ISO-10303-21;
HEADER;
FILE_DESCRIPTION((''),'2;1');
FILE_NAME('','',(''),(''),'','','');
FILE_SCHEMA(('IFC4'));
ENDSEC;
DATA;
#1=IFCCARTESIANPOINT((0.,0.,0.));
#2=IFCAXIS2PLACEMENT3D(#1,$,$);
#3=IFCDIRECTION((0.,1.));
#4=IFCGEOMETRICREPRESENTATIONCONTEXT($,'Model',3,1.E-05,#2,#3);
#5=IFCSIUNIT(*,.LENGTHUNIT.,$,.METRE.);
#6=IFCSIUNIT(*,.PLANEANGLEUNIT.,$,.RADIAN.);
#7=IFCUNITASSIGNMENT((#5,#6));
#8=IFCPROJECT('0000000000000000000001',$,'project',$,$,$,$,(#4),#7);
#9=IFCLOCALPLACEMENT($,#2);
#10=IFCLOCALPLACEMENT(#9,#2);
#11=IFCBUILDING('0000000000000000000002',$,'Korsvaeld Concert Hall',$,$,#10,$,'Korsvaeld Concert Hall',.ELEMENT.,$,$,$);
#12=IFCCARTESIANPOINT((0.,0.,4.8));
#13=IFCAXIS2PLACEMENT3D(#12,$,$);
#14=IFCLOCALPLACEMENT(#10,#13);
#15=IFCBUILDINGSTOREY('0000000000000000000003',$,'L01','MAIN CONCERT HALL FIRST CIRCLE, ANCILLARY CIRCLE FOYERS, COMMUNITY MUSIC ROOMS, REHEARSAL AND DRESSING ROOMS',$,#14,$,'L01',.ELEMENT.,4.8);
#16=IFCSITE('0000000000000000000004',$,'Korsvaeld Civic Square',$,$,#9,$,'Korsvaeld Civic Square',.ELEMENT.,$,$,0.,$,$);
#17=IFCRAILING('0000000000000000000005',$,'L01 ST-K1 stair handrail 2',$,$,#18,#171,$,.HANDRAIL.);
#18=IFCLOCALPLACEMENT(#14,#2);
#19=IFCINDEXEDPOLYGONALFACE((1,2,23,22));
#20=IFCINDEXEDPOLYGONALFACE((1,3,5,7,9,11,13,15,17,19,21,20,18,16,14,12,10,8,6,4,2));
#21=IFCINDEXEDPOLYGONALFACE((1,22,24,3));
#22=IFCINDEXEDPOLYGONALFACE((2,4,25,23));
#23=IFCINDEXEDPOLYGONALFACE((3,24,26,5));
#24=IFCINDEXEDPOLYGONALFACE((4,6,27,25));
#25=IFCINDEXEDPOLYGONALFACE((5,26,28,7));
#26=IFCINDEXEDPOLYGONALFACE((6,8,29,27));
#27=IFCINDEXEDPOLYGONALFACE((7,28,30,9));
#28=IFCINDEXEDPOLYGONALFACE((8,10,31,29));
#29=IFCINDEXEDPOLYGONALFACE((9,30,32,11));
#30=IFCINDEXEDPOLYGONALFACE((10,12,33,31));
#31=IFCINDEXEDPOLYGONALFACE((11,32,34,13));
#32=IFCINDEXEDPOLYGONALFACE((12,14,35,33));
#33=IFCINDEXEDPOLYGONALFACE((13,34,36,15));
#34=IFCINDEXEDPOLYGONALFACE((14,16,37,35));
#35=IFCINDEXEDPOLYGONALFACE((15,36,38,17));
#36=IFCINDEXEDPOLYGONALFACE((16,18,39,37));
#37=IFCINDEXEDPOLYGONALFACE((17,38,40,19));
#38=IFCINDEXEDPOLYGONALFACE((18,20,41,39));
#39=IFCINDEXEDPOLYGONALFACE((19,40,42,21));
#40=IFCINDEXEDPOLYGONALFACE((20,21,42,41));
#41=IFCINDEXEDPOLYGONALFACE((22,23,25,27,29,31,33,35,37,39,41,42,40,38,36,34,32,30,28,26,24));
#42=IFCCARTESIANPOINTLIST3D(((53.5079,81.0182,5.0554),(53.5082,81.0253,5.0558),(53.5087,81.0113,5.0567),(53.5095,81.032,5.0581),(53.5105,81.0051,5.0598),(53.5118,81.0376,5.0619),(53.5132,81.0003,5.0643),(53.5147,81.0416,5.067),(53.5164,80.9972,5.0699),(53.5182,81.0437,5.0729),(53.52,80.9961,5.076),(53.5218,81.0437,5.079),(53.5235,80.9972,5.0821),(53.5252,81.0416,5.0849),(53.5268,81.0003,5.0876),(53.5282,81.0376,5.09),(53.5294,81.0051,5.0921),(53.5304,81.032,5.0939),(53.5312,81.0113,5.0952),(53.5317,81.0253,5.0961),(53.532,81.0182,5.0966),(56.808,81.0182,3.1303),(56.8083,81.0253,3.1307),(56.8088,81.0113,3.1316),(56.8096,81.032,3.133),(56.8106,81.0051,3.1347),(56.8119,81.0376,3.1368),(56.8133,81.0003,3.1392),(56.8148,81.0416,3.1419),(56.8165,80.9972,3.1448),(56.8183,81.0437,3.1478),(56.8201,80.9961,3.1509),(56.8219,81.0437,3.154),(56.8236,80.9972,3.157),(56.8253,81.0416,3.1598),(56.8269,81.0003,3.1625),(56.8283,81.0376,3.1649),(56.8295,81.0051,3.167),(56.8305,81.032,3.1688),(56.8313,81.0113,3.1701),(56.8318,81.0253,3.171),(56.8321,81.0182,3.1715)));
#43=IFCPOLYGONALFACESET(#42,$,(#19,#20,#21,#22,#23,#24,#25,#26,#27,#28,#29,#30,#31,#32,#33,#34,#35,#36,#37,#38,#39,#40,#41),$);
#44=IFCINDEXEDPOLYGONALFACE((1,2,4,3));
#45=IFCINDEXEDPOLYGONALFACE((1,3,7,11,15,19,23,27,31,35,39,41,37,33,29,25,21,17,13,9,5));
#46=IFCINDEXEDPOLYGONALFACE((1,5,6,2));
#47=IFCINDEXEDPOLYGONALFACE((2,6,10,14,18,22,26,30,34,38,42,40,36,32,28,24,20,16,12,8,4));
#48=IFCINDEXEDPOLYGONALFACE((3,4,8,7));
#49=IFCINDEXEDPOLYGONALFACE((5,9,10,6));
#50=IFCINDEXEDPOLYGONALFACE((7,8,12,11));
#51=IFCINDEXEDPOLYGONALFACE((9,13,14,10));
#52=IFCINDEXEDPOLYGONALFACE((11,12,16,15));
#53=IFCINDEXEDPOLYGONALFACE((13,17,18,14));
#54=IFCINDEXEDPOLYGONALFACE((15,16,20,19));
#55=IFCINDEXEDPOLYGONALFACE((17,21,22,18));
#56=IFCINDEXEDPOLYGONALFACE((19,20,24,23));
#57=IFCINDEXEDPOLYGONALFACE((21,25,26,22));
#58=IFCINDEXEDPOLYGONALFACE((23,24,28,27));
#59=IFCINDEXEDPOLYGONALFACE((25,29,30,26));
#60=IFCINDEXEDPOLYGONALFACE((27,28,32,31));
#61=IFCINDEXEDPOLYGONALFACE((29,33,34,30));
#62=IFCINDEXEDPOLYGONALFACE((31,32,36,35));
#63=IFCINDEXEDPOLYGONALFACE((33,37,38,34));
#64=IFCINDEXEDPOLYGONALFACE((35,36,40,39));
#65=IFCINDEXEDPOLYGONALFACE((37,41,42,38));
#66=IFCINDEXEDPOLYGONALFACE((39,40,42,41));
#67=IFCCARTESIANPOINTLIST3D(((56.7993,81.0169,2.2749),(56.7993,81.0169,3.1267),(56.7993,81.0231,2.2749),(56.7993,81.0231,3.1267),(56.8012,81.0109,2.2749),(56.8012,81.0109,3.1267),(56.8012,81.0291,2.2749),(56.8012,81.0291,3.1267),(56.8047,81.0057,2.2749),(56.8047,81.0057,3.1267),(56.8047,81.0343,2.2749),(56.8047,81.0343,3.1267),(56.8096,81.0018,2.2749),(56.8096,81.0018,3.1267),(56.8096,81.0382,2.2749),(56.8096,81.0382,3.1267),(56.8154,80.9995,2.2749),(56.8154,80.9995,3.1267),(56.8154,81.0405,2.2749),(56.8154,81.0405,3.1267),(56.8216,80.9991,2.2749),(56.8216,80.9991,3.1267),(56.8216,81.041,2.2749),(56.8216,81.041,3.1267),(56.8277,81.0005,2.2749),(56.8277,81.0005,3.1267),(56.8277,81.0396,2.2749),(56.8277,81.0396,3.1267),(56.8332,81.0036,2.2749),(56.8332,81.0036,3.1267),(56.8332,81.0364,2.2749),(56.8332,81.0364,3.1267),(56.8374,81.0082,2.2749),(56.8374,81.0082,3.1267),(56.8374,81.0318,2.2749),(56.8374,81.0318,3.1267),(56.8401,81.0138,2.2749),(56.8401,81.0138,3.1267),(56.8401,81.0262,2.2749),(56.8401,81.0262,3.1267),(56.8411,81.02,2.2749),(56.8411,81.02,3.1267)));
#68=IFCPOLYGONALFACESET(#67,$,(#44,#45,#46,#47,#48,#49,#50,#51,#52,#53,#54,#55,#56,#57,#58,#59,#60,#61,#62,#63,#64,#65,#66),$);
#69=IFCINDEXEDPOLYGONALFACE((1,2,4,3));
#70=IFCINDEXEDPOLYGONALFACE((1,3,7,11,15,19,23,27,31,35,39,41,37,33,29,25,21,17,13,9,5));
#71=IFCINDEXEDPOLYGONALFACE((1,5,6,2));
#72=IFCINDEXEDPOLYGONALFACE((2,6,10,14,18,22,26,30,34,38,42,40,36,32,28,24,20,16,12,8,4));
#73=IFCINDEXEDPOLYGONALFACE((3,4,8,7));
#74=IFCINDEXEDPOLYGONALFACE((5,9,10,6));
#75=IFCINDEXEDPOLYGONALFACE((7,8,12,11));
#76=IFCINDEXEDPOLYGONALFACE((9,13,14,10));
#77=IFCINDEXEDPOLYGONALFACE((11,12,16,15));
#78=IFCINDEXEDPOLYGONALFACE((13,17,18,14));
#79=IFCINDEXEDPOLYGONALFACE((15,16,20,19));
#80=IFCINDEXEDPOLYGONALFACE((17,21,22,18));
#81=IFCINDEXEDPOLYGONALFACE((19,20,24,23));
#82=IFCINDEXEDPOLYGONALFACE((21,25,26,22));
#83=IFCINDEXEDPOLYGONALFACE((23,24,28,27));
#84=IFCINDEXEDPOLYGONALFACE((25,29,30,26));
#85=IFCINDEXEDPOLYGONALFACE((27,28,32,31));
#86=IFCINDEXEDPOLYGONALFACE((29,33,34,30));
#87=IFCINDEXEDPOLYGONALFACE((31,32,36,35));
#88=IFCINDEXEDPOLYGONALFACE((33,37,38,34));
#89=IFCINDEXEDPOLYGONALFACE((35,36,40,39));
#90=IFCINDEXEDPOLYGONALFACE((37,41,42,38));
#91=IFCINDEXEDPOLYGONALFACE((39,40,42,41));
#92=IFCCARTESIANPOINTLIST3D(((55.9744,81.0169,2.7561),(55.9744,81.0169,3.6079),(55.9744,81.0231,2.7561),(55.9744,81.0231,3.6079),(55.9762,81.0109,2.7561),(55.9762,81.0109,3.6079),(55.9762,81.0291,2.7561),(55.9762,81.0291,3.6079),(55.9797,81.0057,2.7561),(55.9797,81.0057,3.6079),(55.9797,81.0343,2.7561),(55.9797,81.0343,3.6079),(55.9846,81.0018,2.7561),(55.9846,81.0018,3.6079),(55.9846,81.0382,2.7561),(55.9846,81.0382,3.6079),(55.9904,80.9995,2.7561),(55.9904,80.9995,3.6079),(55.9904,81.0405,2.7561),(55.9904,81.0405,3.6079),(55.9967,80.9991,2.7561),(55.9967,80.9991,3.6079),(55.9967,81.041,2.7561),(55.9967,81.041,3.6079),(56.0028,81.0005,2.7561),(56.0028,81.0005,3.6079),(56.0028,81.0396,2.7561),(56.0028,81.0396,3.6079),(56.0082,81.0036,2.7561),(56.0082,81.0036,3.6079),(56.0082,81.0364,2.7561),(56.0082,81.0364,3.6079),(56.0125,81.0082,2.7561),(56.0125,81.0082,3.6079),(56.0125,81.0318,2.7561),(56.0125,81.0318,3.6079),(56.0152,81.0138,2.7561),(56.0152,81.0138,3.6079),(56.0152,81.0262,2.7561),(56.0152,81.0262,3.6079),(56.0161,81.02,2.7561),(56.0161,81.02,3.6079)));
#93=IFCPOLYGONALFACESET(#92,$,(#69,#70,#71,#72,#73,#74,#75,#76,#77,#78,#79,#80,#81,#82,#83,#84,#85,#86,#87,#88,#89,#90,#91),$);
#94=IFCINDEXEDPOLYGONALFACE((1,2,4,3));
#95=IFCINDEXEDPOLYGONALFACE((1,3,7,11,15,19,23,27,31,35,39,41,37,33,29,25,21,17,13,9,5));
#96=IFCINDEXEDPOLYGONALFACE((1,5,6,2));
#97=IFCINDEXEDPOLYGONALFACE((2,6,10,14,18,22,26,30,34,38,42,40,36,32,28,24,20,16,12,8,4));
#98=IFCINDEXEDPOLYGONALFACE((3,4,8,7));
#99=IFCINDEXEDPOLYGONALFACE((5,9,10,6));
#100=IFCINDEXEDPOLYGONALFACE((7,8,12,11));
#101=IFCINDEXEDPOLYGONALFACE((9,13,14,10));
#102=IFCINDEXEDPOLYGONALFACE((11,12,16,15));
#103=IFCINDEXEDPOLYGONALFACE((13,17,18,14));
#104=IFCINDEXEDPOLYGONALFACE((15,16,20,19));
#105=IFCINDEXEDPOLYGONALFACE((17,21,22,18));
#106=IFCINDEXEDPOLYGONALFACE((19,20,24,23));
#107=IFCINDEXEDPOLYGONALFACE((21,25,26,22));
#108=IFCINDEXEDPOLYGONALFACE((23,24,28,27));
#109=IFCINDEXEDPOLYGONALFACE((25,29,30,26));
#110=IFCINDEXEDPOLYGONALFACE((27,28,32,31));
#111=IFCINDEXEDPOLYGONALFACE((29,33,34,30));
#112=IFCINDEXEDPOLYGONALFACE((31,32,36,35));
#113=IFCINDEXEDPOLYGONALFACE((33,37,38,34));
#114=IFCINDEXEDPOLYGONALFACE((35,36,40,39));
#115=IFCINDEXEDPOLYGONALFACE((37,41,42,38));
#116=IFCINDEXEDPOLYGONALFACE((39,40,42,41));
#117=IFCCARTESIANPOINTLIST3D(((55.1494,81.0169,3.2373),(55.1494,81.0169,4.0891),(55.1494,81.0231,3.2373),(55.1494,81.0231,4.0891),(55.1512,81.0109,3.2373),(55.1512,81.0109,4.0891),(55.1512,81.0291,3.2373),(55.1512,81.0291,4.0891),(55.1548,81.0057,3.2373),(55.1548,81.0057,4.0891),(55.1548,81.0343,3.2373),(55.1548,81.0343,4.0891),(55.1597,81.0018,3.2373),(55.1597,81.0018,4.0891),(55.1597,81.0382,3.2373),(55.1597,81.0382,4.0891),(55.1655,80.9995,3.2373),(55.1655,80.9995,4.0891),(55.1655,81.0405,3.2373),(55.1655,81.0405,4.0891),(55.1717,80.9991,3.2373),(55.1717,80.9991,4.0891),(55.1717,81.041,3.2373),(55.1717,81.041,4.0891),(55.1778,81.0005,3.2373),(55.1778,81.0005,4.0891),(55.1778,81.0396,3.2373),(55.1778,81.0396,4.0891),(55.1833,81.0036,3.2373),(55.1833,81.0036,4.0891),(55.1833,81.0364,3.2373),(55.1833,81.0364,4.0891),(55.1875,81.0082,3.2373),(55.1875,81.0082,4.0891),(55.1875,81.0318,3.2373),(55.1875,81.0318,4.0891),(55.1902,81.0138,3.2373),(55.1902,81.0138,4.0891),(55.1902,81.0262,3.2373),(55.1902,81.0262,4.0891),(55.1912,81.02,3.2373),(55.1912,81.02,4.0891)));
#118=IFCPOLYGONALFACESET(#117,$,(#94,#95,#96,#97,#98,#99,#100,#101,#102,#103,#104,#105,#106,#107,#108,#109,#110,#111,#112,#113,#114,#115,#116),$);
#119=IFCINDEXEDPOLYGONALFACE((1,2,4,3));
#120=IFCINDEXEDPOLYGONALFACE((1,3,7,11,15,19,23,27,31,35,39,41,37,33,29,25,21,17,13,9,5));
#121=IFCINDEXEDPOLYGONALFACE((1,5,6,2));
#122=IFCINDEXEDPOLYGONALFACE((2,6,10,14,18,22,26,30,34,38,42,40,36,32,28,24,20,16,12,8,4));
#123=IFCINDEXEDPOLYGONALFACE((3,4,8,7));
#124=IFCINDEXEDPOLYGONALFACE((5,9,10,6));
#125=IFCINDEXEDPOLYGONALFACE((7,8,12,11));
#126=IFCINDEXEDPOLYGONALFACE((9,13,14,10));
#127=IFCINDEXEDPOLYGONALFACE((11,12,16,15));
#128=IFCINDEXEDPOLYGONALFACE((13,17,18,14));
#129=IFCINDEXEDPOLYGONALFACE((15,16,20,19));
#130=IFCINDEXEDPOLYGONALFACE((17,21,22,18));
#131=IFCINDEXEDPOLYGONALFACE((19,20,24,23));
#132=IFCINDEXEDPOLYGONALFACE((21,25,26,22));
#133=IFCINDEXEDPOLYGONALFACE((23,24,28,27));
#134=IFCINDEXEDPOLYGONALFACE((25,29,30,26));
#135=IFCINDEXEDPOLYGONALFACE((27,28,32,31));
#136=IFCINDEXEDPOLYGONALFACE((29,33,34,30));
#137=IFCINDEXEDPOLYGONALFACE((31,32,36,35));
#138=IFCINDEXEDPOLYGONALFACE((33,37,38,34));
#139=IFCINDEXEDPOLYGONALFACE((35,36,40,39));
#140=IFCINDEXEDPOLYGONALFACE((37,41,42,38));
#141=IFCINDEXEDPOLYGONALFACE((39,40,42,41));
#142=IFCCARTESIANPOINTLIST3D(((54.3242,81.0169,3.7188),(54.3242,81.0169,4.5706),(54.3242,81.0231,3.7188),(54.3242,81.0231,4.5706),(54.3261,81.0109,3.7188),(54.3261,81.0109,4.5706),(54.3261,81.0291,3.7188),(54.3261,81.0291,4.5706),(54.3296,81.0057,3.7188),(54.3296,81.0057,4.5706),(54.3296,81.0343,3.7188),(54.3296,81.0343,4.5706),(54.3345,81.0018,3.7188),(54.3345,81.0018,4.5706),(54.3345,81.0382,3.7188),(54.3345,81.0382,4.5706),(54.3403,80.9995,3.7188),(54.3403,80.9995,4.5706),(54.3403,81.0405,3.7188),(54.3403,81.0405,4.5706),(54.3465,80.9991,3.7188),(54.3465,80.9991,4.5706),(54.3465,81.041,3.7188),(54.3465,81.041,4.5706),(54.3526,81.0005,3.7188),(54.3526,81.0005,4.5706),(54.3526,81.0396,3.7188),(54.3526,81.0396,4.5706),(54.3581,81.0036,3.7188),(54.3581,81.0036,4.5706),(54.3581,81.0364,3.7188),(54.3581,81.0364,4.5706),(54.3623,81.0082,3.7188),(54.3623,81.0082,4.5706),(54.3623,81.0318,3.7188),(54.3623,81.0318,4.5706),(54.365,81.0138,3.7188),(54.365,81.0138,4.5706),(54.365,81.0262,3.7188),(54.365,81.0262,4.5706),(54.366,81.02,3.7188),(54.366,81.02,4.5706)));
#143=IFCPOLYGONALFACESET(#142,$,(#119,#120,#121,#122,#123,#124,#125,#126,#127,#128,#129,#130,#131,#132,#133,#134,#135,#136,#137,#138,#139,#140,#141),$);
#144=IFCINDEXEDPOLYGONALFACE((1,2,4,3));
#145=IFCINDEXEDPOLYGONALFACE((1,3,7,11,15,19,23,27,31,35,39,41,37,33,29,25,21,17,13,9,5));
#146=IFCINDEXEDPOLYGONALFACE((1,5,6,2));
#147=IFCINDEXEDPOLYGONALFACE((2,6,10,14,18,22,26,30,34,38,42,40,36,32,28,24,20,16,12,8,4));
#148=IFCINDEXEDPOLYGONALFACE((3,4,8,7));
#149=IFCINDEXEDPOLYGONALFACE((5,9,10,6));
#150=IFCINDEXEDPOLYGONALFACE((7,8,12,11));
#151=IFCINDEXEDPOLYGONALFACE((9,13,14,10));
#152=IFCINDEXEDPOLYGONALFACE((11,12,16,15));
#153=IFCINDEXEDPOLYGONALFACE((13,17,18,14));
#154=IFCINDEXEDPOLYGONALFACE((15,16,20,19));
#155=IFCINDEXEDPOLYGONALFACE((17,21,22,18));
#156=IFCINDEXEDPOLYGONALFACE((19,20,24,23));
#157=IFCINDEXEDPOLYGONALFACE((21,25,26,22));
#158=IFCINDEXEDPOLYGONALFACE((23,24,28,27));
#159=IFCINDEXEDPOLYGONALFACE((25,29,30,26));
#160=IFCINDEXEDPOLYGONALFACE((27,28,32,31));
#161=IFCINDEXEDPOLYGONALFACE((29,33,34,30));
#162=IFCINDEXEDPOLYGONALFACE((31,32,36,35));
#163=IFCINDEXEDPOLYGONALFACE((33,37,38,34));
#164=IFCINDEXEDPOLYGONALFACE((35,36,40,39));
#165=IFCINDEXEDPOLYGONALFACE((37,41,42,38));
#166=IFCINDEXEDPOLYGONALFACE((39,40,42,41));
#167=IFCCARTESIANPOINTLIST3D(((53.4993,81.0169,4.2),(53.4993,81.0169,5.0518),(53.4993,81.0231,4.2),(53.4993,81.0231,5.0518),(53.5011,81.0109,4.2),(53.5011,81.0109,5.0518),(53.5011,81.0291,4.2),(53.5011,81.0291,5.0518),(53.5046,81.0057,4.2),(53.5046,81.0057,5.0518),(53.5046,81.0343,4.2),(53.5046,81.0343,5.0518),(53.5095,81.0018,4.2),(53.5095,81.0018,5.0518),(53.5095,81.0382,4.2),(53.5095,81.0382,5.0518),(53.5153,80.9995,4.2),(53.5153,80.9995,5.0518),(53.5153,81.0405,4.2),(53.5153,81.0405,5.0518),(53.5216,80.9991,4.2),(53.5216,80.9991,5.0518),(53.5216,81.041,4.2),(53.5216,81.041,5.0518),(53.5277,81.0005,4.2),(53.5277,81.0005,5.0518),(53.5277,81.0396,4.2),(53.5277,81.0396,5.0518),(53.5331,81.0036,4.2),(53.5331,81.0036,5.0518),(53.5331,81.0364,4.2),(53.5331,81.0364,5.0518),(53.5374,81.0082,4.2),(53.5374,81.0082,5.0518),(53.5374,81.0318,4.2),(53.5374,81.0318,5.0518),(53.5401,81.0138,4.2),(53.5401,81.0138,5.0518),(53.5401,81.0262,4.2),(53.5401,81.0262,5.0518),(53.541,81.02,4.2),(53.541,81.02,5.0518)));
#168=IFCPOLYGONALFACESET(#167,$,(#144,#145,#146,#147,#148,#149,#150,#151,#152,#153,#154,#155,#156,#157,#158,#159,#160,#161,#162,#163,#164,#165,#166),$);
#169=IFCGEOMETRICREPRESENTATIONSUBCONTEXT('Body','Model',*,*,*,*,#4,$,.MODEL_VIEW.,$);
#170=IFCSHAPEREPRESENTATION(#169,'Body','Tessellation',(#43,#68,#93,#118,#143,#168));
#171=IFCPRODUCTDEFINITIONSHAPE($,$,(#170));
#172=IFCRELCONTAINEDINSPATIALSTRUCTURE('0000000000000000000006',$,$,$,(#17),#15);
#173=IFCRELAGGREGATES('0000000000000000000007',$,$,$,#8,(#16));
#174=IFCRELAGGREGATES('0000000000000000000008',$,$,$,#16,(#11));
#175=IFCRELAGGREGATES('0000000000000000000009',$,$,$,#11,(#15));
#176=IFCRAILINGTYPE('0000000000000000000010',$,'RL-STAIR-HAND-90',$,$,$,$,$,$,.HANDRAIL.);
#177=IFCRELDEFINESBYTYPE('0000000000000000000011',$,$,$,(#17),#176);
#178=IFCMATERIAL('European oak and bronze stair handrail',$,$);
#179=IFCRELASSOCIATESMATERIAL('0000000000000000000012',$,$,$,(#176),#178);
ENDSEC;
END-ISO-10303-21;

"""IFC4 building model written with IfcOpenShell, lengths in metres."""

from ifc_helpers import new_model, si_unit, direction, frame, origin, origin_2d, place, context, subcontext, project, spatial, circle, extrude, material, type_object, element, save


model = new_model("IFC4")

# Units and contexts
model_context = context("Model", 3, precision=1e-05, world=origin(), true_north=direction((0.0, 1.0)))
body_context = subcontext(model_context, "Body", "Model", "MODEL_VIEW")
ifc_project = project(units=[si_unit("LENGTHUNIT", "METRE"), si_unit("PLANEANGLEUNIT", "RADIAN")], contexts=[model_context])

# Site, building, storey
site_placement = place(None, origin())
site = spatial("IfcSite", under=ifc_project, at=site_placement, Name="Korsvaeld Civic Square", LongName="Korsvaeld Civic Square", CompositionType="ELEMENT", RefElevation=0.0)
building_placement = place(site_placement, origin())
building = spatial("IfcBuilding", under=site, at=building_placement, Name="Korsvaeld Concert Hall", LongName="Korsvaeld Concert Hall", CompositionType="ELEMENT")
storey_placement = place(building_placement, frame((0.0, 0.0, 4.8)))
storey = spatial("IfcBuildingStorey", under=building, at=storey_placement, Name="L01", Description="MAIN CONCERT HALL FIRST CIRCLE, ANCILLARY CIRCLE FOYERS, COMMUNITY MUSIC ROOMS, REHEARSAL AND DRESSING ROOMS", LongName="L01", CompositionType="ELEMENT", Elevation=4.8)

# Railing
ifc_material_1 = material(Name="European oak and bronze stair handrail")
railing_type_1 = type_object("IfcRailingType", Name="RL-STAIR-HAND-90", PredefinedType="HANDRAIL", material=ifc_material_1)
railing_1_placement = place(storey_placement, frame((56.8201, 81.02, 2.2749)))
element("IfcRailing", 1, at=railing_1_placement, inside=storey, type_object=railing_type_1, Name="L01 ST-K1 stair handrail 2", PredefinedType="HANDRAIL", context=body_context, shape_type="SweptSolid", body=[
    extrude(circle(Radius=0.0239, at=origin_2d()), frame((0.0, 0.0, 0.876), z_axis=(-0.863777, 0.0, 0.503875), x_axis=(0.0, -1.0, 0.0)), (0.0, 0.0, 1.0), 3.8206),
    extrude(circle(Radius=0.021, at=origin_2d()), origin(), (0.0, 0.0, 1.0), 0.8518),
    extrude(circle(Radius=0.021, at=origin_2d()), frame((-0.825, 0.0, 0.4812)), (0.0, 0.0, 1.0), 0.8518),
    extrude(circle(Radius=0.021, at=origin_2d()), frame((-1.6499, 0.0, 0.9624)), (0.0, 0.0, 1.0), 0.8518),
    extrude(circle(Radius=0.021, at=origin_2d()), frame((-2.4751, 0.0, 1.4438)), (0.0, 0.0, 1.0), 0.8518),
    extrude(circle(Radius=0.021, at=origin_2d()), frame((-3.3, 0.0, 1.925)), (0.0, 0.0, 1.0), 0.8518),
])

save(model, "model.ifc")
